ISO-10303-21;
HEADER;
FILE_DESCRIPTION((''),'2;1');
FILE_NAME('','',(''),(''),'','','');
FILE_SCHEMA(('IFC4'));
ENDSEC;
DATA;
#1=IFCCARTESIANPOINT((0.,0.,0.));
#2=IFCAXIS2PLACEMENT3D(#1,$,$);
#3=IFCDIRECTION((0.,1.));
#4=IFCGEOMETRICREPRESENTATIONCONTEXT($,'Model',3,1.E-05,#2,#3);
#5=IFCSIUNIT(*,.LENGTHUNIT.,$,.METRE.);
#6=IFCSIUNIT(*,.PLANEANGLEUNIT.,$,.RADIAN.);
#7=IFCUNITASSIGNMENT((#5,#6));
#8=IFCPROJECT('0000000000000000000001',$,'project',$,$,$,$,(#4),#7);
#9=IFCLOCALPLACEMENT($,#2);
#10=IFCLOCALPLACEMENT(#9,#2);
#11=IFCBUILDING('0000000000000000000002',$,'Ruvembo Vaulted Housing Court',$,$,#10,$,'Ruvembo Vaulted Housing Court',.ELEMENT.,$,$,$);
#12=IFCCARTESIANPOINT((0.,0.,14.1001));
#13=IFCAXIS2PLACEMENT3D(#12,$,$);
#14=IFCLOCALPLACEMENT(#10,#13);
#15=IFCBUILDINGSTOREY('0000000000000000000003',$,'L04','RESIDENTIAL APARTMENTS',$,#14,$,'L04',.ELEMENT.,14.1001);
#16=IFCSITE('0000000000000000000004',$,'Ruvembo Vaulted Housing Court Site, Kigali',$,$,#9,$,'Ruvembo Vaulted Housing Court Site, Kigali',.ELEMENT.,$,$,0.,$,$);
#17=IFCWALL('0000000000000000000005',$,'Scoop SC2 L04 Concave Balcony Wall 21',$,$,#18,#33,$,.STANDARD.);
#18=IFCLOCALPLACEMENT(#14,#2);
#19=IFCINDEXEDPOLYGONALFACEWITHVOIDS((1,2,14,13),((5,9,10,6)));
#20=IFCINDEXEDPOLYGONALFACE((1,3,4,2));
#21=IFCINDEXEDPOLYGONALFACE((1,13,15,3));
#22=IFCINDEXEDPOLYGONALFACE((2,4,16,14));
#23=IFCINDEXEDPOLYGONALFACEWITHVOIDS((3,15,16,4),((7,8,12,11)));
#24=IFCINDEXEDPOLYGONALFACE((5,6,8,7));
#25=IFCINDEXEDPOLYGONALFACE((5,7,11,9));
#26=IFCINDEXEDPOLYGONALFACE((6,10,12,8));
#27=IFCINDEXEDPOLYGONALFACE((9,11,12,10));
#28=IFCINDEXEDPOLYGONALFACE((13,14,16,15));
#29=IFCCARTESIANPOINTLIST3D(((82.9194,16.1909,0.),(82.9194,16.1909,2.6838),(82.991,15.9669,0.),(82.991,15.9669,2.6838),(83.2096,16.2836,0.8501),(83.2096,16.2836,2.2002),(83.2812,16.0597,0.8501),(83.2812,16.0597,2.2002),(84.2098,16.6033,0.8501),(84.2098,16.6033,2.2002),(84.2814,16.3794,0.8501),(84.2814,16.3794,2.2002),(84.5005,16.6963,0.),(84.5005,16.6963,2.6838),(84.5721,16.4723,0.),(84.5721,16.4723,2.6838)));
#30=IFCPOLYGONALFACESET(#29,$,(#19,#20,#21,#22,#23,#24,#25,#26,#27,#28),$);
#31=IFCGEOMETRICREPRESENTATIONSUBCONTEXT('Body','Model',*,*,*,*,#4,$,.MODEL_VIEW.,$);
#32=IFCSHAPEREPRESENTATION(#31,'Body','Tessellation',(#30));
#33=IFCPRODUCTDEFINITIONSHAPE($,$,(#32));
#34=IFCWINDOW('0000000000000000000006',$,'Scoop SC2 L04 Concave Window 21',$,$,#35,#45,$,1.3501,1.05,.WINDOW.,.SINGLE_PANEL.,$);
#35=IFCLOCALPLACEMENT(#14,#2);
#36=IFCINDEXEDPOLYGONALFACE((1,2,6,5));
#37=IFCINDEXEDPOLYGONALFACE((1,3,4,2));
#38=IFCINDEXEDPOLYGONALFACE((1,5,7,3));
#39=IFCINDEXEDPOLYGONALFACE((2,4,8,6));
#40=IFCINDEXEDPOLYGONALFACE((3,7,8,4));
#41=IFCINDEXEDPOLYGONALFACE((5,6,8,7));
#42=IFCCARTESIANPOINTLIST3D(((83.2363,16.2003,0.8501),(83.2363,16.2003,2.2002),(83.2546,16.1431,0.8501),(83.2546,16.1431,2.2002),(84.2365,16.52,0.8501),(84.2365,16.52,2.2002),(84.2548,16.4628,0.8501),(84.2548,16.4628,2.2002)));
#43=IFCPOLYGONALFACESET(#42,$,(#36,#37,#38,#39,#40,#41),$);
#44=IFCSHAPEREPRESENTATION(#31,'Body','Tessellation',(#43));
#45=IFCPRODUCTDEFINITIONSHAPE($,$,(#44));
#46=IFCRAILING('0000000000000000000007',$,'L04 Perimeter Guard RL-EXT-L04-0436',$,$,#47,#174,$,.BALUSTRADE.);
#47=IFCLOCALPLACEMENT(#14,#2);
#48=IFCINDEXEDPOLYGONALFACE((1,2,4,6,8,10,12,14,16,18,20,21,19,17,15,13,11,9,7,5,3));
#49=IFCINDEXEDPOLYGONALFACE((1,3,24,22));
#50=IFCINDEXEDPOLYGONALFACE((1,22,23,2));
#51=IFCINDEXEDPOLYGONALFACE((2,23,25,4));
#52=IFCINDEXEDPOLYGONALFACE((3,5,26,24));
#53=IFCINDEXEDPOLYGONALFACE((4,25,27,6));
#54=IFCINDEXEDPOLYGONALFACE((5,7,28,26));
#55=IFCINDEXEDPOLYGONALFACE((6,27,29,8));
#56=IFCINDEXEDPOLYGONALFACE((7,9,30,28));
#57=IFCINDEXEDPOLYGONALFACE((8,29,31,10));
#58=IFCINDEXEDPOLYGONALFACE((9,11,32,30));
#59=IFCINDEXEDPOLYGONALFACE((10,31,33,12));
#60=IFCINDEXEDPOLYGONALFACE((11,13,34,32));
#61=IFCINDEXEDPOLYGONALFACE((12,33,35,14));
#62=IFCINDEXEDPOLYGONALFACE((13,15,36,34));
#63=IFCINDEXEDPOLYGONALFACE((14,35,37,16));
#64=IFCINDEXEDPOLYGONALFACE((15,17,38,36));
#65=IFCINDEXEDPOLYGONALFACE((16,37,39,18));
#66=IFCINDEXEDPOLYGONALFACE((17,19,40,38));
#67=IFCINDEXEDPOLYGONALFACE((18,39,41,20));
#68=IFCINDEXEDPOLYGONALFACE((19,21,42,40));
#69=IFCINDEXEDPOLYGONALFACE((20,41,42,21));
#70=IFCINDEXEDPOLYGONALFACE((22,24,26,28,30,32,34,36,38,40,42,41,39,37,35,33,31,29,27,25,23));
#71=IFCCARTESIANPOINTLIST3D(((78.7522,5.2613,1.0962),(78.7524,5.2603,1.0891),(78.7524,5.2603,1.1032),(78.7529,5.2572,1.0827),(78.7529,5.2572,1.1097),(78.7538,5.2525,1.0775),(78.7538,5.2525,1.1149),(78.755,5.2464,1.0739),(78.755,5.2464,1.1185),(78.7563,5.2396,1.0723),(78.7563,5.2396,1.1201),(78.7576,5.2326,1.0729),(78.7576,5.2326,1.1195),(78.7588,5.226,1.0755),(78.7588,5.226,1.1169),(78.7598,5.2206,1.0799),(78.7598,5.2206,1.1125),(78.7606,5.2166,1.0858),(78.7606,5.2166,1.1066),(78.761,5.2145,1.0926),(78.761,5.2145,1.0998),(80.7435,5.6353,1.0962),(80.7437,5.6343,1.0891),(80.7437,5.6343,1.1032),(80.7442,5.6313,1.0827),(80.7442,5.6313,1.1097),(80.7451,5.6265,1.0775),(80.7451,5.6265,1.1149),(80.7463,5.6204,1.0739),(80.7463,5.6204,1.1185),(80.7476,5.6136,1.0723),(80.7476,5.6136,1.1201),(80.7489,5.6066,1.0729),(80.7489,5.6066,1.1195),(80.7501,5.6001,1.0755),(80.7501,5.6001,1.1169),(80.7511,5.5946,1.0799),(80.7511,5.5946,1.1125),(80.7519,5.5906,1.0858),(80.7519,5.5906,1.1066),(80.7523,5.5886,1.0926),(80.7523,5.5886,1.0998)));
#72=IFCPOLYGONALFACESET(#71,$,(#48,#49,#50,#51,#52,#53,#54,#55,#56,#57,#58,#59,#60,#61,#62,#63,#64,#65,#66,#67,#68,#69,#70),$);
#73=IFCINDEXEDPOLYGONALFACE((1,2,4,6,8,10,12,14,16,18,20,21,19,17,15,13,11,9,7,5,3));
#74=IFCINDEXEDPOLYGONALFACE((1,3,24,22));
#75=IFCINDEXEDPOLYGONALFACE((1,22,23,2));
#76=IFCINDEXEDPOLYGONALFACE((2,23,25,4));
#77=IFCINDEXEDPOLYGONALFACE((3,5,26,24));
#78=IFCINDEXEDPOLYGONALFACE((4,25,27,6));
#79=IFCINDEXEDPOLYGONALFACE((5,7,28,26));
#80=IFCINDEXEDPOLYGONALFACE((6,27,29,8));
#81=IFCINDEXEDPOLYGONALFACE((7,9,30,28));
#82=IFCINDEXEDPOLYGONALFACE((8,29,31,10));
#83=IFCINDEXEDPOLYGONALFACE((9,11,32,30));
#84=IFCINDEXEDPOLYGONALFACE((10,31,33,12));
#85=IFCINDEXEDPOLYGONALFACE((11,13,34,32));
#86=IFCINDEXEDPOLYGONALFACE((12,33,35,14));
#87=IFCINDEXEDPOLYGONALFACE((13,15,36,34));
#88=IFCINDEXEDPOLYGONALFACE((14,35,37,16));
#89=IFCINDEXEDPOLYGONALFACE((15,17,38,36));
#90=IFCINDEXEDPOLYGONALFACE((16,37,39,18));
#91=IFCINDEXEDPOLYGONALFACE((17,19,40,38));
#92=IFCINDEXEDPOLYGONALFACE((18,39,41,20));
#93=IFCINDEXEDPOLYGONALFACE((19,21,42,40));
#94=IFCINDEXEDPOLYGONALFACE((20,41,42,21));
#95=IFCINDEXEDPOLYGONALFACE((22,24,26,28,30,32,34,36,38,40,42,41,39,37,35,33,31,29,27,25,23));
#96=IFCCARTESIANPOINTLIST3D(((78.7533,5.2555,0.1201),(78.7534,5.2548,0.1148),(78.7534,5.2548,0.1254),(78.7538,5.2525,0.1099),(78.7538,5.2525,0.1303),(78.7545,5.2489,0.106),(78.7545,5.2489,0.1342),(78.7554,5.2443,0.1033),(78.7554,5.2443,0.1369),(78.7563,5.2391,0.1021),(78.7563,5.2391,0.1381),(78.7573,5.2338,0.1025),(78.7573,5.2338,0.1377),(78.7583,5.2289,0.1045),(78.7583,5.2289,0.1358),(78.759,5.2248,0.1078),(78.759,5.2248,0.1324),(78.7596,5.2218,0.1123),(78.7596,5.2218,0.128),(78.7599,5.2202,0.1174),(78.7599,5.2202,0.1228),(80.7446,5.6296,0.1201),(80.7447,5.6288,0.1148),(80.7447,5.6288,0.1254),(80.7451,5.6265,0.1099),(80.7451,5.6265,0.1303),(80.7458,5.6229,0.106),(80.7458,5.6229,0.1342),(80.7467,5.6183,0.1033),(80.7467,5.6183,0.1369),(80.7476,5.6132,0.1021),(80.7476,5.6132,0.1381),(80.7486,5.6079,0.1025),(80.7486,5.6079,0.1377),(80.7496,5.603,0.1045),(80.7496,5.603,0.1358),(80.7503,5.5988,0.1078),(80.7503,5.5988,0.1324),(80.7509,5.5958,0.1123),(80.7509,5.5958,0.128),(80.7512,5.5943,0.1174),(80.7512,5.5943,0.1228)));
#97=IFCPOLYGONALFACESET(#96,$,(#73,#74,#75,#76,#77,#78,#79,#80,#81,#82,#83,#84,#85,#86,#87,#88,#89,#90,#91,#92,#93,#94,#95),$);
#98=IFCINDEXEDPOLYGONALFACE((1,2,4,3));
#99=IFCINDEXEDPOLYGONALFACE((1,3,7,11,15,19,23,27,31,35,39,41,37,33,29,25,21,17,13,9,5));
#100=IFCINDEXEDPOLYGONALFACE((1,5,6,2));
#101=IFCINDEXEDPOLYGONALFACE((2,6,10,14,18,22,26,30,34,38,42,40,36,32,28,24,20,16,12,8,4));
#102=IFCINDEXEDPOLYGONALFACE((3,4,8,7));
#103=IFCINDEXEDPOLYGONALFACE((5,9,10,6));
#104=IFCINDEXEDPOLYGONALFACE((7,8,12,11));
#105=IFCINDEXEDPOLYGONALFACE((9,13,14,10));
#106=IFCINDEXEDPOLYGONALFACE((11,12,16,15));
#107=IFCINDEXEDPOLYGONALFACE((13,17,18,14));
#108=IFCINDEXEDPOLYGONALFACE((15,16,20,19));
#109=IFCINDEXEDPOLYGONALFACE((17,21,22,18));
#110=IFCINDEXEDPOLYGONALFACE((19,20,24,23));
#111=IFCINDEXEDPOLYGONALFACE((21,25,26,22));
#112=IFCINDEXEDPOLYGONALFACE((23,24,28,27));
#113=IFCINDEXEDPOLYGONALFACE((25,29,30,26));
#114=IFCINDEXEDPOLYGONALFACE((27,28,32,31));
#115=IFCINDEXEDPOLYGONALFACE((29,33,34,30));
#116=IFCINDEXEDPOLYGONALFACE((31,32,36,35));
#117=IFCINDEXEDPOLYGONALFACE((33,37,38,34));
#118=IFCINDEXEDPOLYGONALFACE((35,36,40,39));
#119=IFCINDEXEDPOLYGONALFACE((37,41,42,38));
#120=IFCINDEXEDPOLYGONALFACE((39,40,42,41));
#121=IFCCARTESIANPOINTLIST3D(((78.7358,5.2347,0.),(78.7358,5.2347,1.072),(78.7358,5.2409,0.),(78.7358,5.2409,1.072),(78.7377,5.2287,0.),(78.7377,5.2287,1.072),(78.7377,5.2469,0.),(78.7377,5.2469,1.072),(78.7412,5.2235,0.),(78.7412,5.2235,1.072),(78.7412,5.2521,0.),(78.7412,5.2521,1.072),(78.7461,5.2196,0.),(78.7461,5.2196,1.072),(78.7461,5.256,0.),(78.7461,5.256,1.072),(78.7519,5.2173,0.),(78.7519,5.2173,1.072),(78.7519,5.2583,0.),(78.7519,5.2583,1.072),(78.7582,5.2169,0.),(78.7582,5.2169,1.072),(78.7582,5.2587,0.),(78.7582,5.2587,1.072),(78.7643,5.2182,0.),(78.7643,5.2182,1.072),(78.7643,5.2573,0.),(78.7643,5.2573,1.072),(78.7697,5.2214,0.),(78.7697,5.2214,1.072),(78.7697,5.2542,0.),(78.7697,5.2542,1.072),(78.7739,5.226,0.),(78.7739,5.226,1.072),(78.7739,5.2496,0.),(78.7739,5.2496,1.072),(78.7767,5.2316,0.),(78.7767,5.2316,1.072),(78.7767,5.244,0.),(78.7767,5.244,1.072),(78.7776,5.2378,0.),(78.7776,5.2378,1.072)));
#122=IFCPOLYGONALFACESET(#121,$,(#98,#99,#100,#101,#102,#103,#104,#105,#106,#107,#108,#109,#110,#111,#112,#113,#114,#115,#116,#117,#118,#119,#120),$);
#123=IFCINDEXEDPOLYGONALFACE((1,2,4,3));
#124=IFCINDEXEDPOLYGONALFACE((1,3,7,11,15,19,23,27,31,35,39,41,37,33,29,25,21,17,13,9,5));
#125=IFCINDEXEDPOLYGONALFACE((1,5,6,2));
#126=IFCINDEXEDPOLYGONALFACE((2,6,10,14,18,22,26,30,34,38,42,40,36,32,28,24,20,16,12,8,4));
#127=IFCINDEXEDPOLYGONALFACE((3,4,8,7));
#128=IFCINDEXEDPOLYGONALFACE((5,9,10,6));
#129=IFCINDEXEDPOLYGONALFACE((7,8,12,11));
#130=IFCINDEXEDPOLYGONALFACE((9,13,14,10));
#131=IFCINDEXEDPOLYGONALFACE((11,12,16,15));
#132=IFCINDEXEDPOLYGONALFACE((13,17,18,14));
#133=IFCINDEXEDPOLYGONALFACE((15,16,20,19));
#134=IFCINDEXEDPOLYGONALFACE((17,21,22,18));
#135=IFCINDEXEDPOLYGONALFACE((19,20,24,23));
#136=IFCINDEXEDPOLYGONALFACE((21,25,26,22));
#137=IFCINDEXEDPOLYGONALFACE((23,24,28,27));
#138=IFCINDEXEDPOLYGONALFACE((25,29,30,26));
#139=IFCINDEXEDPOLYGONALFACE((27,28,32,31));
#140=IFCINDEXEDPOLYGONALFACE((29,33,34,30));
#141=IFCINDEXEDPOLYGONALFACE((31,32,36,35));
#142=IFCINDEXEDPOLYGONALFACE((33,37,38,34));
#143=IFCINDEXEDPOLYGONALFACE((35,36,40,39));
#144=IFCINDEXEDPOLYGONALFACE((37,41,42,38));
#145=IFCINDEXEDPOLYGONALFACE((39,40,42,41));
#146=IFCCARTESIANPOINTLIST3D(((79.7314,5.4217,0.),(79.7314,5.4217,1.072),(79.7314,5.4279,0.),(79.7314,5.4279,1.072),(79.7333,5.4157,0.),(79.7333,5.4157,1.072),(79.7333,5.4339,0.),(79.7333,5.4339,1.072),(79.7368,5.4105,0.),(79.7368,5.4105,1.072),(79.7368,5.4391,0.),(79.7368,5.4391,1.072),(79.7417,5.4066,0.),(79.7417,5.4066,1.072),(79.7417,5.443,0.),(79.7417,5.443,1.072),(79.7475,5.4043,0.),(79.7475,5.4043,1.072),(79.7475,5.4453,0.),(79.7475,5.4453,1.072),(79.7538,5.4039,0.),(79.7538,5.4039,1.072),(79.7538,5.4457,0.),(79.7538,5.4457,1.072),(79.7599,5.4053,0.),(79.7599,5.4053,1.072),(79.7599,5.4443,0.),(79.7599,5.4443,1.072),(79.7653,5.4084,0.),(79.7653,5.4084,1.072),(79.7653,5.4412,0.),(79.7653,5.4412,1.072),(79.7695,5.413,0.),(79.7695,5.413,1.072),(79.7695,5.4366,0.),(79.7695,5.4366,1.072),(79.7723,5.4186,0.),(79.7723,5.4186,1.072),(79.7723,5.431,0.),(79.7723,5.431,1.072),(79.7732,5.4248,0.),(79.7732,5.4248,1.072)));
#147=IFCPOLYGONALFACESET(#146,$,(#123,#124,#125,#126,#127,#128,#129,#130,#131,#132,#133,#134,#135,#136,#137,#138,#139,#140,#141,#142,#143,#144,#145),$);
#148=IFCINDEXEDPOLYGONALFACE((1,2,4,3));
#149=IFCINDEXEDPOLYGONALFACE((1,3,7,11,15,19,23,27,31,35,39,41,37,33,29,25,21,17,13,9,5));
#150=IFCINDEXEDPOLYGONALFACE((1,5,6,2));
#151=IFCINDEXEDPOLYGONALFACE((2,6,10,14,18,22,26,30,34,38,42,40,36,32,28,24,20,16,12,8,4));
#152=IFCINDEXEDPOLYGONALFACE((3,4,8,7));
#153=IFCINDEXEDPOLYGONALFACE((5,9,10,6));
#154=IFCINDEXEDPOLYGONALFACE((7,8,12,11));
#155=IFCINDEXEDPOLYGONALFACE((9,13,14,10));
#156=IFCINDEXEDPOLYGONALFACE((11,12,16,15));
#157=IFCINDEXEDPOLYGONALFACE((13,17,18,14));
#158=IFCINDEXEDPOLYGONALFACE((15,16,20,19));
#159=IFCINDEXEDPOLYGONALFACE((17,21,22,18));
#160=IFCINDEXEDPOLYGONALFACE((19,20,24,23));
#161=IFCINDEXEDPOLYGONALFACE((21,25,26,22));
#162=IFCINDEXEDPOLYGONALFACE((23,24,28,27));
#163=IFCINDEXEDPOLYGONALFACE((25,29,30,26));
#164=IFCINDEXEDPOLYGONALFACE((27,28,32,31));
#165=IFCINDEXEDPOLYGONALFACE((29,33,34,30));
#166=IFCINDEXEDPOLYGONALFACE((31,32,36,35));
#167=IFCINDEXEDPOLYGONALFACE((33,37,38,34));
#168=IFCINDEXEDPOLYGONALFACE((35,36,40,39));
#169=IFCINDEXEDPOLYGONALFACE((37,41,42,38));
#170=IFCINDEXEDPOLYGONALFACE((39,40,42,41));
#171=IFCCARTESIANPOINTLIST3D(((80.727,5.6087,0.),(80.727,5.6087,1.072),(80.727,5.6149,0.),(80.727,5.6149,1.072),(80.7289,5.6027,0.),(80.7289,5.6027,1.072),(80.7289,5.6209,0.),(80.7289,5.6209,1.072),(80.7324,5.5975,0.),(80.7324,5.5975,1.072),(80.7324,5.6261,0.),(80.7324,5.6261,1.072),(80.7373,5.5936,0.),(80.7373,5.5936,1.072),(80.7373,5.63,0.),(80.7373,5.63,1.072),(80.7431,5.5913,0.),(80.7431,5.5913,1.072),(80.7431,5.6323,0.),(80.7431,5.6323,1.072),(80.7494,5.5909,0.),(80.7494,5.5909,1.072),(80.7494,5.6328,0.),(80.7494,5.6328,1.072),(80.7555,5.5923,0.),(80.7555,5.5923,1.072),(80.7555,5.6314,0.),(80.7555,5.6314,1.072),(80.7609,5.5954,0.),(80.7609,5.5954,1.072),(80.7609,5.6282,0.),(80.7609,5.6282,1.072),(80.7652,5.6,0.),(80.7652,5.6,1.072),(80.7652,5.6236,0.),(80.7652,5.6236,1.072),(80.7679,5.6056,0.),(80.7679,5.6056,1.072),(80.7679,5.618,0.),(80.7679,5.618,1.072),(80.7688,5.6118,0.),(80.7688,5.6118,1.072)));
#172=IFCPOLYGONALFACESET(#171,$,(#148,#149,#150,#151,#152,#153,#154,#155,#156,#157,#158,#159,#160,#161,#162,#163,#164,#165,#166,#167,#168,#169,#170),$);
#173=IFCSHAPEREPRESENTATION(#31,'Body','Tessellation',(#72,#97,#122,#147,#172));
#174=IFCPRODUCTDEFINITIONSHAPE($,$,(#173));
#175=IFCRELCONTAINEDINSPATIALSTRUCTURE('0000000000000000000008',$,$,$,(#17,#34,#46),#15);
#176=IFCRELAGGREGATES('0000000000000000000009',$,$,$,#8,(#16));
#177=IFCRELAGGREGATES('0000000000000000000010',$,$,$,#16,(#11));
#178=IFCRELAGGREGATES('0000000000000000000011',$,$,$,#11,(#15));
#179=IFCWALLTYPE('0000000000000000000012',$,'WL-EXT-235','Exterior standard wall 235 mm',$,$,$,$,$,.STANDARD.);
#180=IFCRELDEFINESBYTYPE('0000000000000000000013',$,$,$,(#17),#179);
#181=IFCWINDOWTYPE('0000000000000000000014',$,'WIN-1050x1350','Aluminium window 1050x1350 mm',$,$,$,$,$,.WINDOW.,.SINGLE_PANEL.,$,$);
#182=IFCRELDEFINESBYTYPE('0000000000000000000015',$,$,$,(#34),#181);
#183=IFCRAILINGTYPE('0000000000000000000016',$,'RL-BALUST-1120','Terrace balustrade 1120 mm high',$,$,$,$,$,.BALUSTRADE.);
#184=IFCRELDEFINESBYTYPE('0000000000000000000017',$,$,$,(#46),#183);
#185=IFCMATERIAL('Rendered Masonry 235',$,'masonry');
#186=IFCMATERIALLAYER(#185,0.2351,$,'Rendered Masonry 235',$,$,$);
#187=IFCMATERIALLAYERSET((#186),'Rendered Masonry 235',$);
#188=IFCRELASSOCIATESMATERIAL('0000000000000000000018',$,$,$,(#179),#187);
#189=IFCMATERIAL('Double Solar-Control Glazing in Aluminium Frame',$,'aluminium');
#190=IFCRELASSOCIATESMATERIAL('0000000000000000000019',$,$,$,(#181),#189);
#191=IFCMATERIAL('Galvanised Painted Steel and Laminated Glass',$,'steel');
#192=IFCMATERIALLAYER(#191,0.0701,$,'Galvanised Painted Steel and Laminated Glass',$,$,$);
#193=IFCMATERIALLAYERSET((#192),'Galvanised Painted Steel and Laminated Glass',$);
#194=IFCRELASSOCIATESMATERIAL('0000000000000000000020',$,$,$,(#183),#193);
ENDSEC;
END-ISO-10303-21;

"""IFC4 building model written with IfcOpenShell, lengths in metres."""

from ifc_helpers import new_model, si_unit, direction, frame, frame_2d, origin, origin_2d, place, context, subcontext, project, spatial, rectangle, circle, extrude, material, layer, layer_set, type_object, element, fill, save


model = new_model("IFC4")

# Units and contexts
model_context = context("Model", 3, precision=1e-05, world=origin(), true_north=direction((0.0, 1.0)))
body_context = subcontext(model_context, "Body", "Model", "MODEL_VIEW")
ifc_project = project(units=[si_unit("LENGTHUNIT", "METRE"), si_unit("PLANEANGLEUNIT", "RADIAN")], contexts=[model_context])

# Site, building, storey
site_placement = place(None, origin())
site = spatial("IfcSite", under=ifc_project, at=site_placement, Name="Ruvembo Vaulted Housing Court Site, Kigali", LongName="Ruvembo Vaulted Housing Court Site, Kigali", CompositionType="ELEMENT", RefElevation=0.0)
building_placement = place(site_placement, origin())
building = spatial("IfcBuilding", under=site, at=building_placement, Name="Ruvembo Vaulted Housing Court", LongName="Ruvembo Vaulted Housing Court", CompositionType="ELEMENT")
storey_placement = place(building_placement, frame((0.0, 0.0, 14.1001)))
storey = spatial("IfcBuildingStorey", under=building, at=storey_placement, Name="L04", Description="RESIDENTIAL APARTMENTS", LongName="L04", CompositionType="ELEMENT", Elevation=14.1001)

# Shared definitions
ifc_material_1 = material(Name="Rendered Masonry 235", Category="masonry")
ifc_layer_1 = layer(ifc_material_1, 0.2351, Name="Rendered Masonry 235")
ifc_layer_set_1 = layer_set([ifc_layer_1], Name="Rendered Masonry 235")
wall_type_1 = type_object("IfcWallType", Name="WL-EXT-235", Description="Exterior standard wall 235 mm", PredefinedType="STANDARD", material=ifc_layer_set_1)

# Wall, opening, window
ifc_material_2 = material(Name="Double Solar-Control Glazing in Aluminium Frame", Category="aluminium")
wall_1_placement = place(storey_placement, frame((82.9551, 16.0789, 0.0), z_axis=(0.0, 0.0, 1.0), x_axis=(0.952523, 0.304466, 0.0)))
wall_1 = element("IfcWall", 1, at=wall_1_placement, inside=storey, type_object=wall_type_1, Name="Scoop SC2 L04 Concave Balcony Wall 21", PredefinedType="STANDARD", context=body_context, shape_type="SweptSolid", body=[
    extrude(rectangle(XDim=1.6599, YDim=0.2351, at=frame_2d((0.8301, 0.0))), origin(), (0.0, 0.0, 1.0), 2.6838),
])
opening_1_placement = place(wall_1_placement, frame((0.3049, 0.0, 0.8501)))
opening_1 = element("IfcOpeningElement", 2, at=opening_1_placement, cuts=wall_1, PredefinedType="OPENING", context=body_context, shape_type="SweptSolid", body=[
    extrude(rectangle(XDim=1.05, YDim=1.3501, at=frame_2d((0.5249, 0.675))), frame((0.0, 0.1274, 0.0), z_axis=(0.0, -1.0, 0.0), x_axis=(1.0, 0.0, 0.0)), (0.0, 0.0, 1.0), 0.2551),
])
window_type_1 = type_object("IfcWindowType", Name="WIN-1050x1350", Description="Aluminium window 1050x1350 mm", PartitioningType="SINGLE_PANEL", PredefinedType="WINDOW", material=ifc_material_2)
window_1_placement = place(opening_1_placement, origin())
window_1 = element("IfcWindow", 3, at=window_1_placement, inside=storey, type_object=window_type_1, Name="Scoop SC2 L04 Concave Window 21", OverallHeight=1.3501, OverallWidth=1.05, PartitioningType="SINGLE_PANEL", PredefinedType="WINDOW", context=body_context, shape_type="SweptSolid", body=[
    extrude(rectangle(XDim=1.05, YDim=1.3501, at=frame_2d((0.5249, 0.675))), frame((0.0, 0.03, 0.0), z_axis=(0.0, -1.0, 0.0), x_axis=(1.0, 0.0, 0.0)), (0.0, 0.0, 1.0), 0.0601),
])
fill(opening_1, window_1)

# Railing
ifc_material_3 = material(Name="Galvanised Painted Steel and Laminated Glass", Category="steel")
ifc_layer_2 = layer(ifc_material_3, 0.0701, Name="Galvanised Painted Steel and Laminated Glass")
ifc_layer_set_2 = layer_set([ifc_layer_2], Name="Galvanised Painted Steel and Laminated Glass")
railing_type_1 = type_object("IfcRailingType", Name="RL-BALUST-1120", Description="Terrace balustrade 1120 mm high", PredefinedType="BALUSTRADE", material=ifc_layer_set_2)
railing_1_placement = place(storey_placement, frame((78.7566, 5.2378, 0.0)))
element("IfcRailing", 4, at=railing_1_placement, inside=storey, type_object=railing_type_1, Name="L04 Perimeter Guard RL-EXT-L04-0436", PredefinedType="BALUSTRADE", context=body_context, shape_type="SweptSolid", body=[
    extrude(circle(Radius=0.0239, at=origin_2d()), frame((0.0, 0.0, 1.0962), z_axis=(0.982812, 0.184609, 0.0), x_axis=(-0.184609, 0.982812, 0.0)), (0.0, 0.0, 1.0), 2.0261),
    extrude(circle(Radius=0.0181, at=origin_2d()), frame((0.0, 0.0, 0.1201), z_axis=(0.982812, 0.184609, 0.0), x_axis=(-0.184609, 0.982812, 0.0)), (0.0, 0.0, 1.0), 2.0261),
    extrude(circle(Radius=0.021, at=origin_2d()), origin(), (0.0, 0.0, 1.0), 1.072),
    extrude(circle(Radius=0.021, at=origin_2d()), frame((0.9956, 0.187, 0.0)), (0.0, 0.0, 1.0), 1.072),
    extrude(circle(Radius=0.021, at=origin_2d()), frame((1.9912, 0.374, 0.0)), (0.0, 0.0, 1.0), 1.072),
])

save(model, "model.ifc")
